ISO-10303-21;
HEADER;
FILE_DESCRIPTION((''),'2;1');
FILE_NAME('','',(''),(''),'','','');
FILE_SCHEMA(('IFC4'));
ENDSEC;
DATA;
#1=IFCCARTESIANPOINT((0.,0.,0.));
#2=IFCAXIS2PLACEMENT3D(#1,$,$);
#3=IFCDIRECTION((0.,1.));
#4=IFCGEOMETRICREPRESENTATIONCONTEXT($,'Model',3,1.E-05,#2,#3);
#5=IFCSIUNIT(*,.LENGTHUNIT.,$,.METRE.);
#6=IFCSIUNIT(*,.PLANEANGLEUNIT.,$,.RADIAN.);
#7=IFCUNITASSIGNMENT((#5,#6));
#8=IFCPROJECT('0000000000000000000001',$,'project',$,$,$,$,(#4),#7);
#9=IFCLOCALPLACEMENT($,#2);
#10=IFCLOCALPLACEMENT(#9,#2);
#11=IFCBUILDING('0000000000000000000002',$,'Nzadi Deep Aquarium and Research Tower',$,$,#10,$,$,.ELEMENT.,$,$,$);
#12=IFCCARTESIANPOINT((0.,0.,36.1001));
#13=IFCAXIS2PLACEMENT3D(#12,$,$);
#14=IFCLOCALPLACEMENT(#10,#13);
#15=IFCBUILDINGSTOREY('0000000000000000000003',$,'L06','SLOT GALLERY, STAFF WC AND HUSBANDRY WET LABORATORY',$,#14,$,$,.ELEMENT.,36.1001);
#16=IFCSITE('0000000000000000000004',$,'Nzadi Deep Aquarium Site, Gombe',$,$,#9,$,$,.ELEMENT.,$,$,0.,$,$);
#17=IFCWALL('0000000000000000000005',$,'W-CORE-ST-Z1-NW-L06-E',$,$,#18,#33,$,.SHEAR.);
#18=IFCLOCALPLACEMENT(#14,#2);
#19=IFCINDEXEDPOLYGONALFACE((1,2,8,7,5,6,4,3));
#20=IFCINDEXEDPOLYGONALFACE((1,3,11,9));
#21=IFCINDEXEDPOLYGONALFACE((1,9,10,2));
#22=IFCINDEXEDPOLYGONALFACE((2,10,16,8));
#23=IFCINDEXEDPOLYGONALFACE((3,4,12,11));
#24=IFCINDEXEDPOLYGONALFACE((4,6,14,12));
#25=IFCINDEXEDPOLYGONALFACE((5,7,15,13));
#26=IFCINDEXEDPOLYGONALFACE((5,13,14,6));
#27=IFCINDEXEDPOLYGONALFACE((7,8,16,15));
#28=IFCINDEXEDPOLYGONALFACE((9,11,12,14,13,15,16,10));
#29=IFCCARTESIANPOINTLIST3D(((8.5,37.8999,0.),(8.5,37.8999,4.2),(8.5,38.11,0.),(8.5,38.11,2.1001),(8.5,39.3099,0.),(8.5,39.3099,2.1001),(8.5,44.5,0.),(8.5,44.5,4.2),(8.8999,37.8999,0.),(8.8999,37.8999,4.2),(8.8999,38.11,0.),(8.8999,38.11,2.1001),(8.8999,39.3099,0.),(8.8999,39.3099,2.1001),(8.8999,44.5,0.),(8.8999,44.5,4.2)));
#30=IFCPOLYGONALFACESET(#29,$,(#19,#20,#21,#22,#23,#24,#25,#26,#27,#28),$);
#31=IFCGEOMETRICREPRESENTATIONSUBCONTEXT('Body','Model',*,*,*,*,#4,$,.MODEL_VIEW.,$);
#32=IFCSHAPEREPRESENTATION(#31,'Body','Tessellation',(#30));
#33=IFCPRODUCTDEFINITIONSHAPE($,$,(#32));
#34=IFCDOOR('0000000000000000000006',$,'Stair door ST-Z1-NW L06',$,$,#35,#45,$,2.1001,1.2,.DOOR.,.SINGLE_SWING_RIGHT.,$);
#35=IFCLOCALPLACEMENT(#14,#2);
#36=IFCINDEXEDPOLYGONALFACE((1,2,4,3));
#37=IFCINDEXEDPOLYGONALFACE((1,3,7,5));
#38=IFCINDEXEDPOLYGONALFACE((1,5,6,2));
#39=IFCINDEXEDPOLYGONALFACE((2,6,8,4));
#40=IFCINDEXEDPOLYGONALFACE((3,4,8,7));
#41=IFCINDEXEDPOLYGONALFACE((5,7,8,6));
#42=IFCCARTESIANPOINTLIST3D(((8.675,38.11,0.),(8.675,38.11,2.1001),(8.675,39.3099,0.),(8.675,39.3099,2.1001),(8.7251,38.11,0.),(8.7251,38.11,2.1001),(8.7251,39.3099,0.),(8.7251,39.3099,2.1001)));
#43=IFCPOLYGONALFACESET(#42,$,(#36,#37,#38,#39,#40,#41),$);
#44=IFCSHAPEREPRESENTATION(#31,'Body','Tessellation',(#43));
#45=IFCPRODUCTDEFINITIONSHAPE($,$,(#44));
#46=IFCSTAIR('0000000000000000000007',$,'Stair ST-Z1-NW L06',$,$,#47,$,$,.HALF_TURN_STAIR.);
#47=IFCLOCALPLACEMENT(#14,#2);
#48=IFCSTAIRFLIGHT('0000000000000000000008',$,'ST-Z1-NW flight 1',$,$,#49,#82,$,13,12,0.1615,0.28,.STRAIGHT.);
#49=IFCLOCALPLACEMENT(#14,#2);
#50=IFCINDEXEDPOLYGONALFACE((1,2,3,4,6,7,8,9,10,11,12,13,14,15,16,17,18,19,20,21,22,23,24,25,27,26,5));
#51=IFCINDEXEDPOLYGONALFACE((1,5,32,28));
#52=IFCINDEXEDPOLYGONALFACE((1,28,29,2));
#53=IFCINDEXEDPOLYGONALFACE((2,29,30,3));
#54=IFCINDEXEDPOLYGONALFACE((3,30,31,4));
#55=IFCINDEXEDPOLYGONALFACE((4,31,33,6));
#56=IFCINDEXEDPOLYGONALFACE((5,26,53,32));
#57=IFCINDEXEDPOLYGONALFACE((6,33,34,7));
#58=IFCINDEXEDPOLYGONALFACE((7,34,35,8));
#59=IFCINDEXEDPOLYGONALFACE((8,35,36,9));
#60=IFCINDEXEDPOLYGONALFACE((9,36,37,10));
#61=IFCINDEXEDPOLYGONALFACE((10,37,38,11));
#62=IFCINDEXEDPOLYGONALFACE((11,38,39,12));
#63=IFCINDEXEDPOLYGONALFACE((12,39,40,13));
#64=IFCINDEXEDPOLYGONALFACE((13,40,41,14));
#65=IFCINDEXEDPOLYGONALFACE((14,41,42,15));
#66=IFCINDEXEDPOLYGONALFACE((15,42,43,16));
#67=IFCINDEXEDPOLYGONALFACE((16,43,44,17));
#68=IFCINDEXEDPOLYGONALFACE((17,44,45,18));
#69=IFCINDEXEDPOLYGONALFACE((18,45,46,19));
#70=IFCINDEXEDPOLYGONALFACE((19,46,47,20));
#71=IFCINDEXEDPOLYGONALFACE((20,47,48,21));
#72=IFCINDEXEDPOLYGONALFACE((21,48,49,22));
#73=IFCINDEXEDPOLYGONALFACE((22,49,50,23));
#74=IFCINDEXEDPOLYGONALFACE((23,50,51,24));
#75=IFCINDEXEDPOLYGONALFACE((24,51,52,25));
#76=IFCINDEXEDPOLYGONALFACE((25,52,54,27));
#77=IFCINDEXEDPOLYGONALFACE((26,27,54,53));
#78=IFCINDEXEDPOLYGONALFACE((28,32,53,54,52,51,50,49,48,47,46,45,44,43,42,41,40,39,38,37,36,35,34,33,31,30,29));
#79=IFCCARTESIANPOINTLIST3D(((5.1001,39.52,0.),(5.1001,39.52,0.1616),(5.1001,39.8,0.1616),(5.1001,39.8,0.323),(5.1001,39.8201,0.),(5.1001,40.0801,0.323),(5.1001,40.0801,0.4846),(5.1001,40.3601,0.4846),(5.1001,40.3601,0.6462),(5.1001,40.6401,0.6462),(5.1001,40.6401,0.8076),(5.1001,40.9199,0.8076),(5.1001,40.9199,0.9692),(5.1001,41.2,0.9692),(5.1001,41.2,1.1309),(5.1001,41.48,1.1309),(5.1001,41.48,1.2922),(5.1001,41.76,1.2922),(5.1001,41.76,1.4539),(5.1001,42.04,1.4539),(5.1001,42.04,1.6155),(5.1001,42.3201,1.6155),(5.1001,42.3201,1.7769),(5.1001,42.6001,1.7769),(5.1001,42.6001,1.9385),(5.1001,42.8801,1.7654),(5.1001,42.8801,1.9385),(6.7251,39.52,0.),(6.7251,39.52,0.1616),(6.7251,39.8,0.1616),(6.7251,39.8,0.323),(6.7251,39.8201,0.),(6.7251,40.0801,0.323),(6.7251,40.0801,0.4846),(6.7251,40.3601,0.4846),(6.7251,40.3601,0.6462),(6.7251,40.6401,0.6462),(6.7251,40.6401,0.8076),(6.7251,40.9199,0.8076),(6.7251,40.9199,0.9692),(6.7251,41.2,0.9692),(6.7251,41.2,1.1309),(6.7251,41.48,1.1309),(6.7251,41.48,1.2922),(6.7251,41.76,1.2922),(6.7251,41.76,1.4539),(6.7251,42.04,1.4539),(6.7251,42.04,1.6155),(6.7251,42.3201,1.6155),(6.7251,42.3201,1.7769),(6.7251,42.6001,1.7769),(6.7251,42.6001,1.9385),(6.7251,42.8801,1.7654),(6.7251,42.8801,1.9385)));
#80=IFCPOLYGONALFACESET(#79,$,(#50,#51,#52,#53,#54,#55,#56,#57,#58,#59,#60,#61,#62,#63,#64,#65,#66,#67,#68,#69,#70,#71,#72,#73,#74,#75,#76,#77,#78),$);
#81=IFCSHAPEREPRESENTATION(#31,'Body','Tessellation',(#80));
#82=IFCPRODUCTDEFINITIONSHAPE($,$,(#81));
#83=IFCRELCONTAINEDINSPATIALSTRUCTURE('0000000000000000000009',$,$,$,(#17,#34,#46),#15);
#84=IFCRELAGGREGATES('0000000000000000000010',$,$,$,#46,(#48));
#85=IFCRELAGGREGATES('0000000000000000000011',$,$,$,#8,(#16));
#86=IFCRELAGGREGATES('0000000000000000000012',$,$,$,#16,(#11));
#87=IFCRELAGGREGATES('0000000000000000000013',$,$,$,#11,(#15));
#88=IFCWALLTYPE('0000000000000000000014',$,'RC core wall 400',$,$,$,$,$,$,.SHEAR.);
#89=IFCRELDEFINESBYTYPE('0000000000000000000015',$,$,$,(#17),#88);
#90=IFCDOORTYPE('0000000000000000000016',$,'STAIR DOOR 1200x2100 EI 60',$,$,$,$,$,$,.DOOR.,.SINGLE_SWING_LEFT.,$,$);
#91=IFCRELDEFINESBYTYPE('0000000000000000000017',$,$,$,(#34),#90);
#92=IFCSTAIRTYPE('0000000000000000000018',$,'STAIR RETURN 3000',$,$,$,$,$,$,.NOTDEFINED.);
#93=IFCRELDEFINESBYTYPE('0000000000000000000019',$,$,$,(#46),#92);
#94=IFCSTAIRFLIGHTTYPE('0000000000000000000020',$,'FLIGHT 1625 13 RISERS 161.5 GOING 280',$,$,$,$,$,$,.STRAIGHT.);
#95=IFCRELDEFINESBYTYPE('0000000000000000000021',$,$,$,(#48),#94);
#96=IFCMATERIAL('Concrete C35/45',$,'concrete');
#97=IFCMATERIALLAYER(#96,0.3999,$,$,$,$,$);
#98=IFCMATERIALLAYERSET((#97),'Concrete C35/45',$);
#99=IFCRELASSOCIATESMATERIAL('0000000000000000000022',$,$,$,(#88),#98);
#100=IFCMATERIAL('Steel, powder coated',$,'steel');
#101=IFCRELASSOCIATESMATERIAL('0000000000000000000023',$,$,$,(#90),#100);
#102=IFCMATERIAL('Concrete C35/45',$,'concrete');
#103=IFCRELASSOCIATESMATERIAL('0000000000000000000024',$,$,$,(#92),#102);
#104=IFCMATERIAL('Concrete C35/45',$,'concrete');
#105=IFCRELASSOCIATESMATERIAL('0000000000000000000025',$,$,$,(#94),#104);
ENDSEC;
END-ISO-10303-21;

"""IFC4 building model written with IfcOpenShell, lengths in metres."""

from ifc_helpers import new_model, si_unit, direction, frame, frame_2d, origin, place, context, subcontext, project, spatial, polyline, rectangle, outline, extrude, material, layer, layer_set, type_object, element, fill, aggregate, save


model = new_model("IFC4")

# Units and contexts
model_context = context("Model", 3, precision=1e-05, world=origin(), true_north=direction((0.0, 1.0)))
body_context = subcontext(model_context, "Body", "Model", "MODEL_VIEW")
ifc_project = project(units=[si_unit("LENGTHUNIT", "METRE"), si_unit("PLANEANGLEUNIT", "RADIAN")], contexts=[model_context])

# Site, building, storey
site_placement = place(None, origin())
site = spatial("IfcSite", under=ifc_project, at=site_placement, Name="Nzadi Deep Aquarium Site, Gombe", CompositionType="ELEMENT", RefElevation=0.0)
building_placement = place(site_placement, origin())
building = spatial("IfcBuilding", under=site, at=building_placement, Name="Nzadi Deep Aquarium and Research Tower", CompositionType="ELEMENT")
storey_placement = place(building_placement, frame((0.0, 0.0, 36.1001)))
storey = spatial("IfcBuildingStorey", under=building, at=storey_placement, Name="L06", Description="SLOT GALLERY, STAFF WC AND HUSBANDRY WET LABORATORY", CompositionType="ELEMENT", Elevation=36.1001)

# Shared definitions
ifc_material_1 = material(Name="Concrete C35/45", Category="concrete")
ifc_layer_1 = layer(ifc_material_1, 0.3999)
ifc_layer_set_1 = layer_set([ifc_layer_1], Name="Concrete C35/45")
wall_type_1 = type_object("IfcWallType", Name="RC core wall 400", PredefinedType="SHEAR", material=ifc_layer_set_1)

# Wall, opening, door
wall_1_placement = place(storey_placement, frame((8.7, 37.8999, 0.0), z_axis=(0.0, 0.0, 1.0), x_axis=(0.0, 1.0, 0.0)))
wall_1 = element("IfcWall", 1, at=wall_1_placement, inside=storey, type_object=wall_type_1, Name="W-CORE-ST-Z1-NW-L06-E", PredefinedType="SHEAR", context=body_context, shape_type="SweptSolid", body=[
    extrude(rectangle(XDim=6.6001, YDim=0.3999, at=frame_2d((3.3, 0.0))), origin(), (0.0, 0.0, 1.0), 4.2),
])
opening_1_placement = place(wall_1_placement, frame((0.21, 0.0, 0.0)))
opening_1 = element("IfcOpeningElement", 2, at=opening_1_placement, cuts=wall_1, PredefinedType="OPENING", context=body_context, shape_type="SweptSolid", body=[
    extrude(rectangle(XDim=1.2, YDim=2.1001, at=frame_2d((0.6001, 1.05))), frame((0.0, 0.21, 0.0), z_axis=(0.0, -1.0, 0.0), x_axis=(1.0, 0.0, 0.0)), (0.0, 0.0, 1.0), 0.4199),
])
ifc_material_2 = material(Name="Steel, powder coated", Category="steel")
door_type_1 = type_object("IfcDoorType", Name="STAIR DOOR 1200x2100 EI 60", OperationType="SINGLE_SWING_LEFT", PredefinedType="DOOR", material=ifc_material_2)
door_1_placement = place(opening_1_placement, origin())
door_1 = element("IfcDoor", 3, at=door_1_placement, inside=storey, type_object=door_type_1, Name="Stair door ST-Z1-NW L06", OperationType="SINGLE_SWING_RIGHT", OverallHeight=2.1001, OverallWidth=1.2, PredefinedType="DOOR", context=body_context, shape_type="SweptSolid", body=[
    extrude(rectangle(XDim=1.2, YDim=2.1001, at=frame_2d((0.6001, 1.05))), frame((0.0, 0.0249, 0.0), z_axis=(0.0, -1.0, 0.0), x_axis=(1.0, 0.0, 0.0)), (0.0, 0.0, 1.0), 0.05),
])
fill(opening_1, door_1)

# Stair, stair flight
ifc_material_3 = material(Name="Concrete C35/45", Category="concrete")
stair_type = type_object("IfcStairType", Name="STAIR RETURN 3000", PredefinedType="NOTDEFINED", material=ifc_material_3)
stair_placement = place(storey_placement, origin())
stair = element("IfcStair", 4, at=stair_placement, inside=storey, type_object=stair_type, Name="Stair ST-Z1-NW L06", PredefinedType="HALF_TURN_STAIR")
ifc_material_4 = material(Name="Concrete C35/45", Category="concrete")
stair_flight_type = type_object("IfcStairFlightType", Name="FLIGHT 1625 13 RISERS 161.5 GOING 280", PredefinedType="STRAIGHT", material=ifc_material_4)
stair_flight_placement = place(storey_placement, frame((5.9126, 39.52, 0.0), z_axis=(0.0, 0.0, 1.0), x_axis=(0.0, 1.0, 0.0)))
stair_flight = element("IfcStairFlight", 5, at=stair_flight_placement, type_object=stair_flight_type, Name="ST-Z1-NW flight 1", NumberOfRisers=13, NumberOfTreads=12, PredefinedType="STRAIGHT", RiserHeight=0.1615, TreadLength=0.28, context=body_context, shape_type="SweptSolid", body=[
    extrude(outline(polyline([(0.0, 0.0), (0.0, 0.1616), (0.28, 0.1616), (0.28, 0.323), (0.5601, 0.323), (0.5601, 0.4846), (0.8401, 0.4846), (0.8401, 0.6462), (1.1201, 0.6462), (1.1201, 0.8076), (1.3999, 0.8076), (1.3999, 0.9692), (1.6799, 0.9692), (1.6799, 1.1309), (1.96, 1.1309), (1.96, 1.2922), (2.24, 1.2922), (2.24, 1.4539), (2.52, 1.4539), (2.52, 1.6155), (2.8, 1.6155), (2.8, 1.7769), (3.0801, 1.7769), (3.0801, 1.9385), (3.3601, 1.9385), (3.3601, 2.1001), (3.3601, 1.7654), (0.3, 0.0), (0.0, 0.0)])), frame((0.0, 0.8125, 0.0), z_axis=(0.0, -1.0, 0.0), x_axis=(1.0, 0.0, 0.0)), (0.0, 0.0, 1.0), 1.625),
])
aggregate(stair, [stair_flight])

save(model, "model.ifc")
